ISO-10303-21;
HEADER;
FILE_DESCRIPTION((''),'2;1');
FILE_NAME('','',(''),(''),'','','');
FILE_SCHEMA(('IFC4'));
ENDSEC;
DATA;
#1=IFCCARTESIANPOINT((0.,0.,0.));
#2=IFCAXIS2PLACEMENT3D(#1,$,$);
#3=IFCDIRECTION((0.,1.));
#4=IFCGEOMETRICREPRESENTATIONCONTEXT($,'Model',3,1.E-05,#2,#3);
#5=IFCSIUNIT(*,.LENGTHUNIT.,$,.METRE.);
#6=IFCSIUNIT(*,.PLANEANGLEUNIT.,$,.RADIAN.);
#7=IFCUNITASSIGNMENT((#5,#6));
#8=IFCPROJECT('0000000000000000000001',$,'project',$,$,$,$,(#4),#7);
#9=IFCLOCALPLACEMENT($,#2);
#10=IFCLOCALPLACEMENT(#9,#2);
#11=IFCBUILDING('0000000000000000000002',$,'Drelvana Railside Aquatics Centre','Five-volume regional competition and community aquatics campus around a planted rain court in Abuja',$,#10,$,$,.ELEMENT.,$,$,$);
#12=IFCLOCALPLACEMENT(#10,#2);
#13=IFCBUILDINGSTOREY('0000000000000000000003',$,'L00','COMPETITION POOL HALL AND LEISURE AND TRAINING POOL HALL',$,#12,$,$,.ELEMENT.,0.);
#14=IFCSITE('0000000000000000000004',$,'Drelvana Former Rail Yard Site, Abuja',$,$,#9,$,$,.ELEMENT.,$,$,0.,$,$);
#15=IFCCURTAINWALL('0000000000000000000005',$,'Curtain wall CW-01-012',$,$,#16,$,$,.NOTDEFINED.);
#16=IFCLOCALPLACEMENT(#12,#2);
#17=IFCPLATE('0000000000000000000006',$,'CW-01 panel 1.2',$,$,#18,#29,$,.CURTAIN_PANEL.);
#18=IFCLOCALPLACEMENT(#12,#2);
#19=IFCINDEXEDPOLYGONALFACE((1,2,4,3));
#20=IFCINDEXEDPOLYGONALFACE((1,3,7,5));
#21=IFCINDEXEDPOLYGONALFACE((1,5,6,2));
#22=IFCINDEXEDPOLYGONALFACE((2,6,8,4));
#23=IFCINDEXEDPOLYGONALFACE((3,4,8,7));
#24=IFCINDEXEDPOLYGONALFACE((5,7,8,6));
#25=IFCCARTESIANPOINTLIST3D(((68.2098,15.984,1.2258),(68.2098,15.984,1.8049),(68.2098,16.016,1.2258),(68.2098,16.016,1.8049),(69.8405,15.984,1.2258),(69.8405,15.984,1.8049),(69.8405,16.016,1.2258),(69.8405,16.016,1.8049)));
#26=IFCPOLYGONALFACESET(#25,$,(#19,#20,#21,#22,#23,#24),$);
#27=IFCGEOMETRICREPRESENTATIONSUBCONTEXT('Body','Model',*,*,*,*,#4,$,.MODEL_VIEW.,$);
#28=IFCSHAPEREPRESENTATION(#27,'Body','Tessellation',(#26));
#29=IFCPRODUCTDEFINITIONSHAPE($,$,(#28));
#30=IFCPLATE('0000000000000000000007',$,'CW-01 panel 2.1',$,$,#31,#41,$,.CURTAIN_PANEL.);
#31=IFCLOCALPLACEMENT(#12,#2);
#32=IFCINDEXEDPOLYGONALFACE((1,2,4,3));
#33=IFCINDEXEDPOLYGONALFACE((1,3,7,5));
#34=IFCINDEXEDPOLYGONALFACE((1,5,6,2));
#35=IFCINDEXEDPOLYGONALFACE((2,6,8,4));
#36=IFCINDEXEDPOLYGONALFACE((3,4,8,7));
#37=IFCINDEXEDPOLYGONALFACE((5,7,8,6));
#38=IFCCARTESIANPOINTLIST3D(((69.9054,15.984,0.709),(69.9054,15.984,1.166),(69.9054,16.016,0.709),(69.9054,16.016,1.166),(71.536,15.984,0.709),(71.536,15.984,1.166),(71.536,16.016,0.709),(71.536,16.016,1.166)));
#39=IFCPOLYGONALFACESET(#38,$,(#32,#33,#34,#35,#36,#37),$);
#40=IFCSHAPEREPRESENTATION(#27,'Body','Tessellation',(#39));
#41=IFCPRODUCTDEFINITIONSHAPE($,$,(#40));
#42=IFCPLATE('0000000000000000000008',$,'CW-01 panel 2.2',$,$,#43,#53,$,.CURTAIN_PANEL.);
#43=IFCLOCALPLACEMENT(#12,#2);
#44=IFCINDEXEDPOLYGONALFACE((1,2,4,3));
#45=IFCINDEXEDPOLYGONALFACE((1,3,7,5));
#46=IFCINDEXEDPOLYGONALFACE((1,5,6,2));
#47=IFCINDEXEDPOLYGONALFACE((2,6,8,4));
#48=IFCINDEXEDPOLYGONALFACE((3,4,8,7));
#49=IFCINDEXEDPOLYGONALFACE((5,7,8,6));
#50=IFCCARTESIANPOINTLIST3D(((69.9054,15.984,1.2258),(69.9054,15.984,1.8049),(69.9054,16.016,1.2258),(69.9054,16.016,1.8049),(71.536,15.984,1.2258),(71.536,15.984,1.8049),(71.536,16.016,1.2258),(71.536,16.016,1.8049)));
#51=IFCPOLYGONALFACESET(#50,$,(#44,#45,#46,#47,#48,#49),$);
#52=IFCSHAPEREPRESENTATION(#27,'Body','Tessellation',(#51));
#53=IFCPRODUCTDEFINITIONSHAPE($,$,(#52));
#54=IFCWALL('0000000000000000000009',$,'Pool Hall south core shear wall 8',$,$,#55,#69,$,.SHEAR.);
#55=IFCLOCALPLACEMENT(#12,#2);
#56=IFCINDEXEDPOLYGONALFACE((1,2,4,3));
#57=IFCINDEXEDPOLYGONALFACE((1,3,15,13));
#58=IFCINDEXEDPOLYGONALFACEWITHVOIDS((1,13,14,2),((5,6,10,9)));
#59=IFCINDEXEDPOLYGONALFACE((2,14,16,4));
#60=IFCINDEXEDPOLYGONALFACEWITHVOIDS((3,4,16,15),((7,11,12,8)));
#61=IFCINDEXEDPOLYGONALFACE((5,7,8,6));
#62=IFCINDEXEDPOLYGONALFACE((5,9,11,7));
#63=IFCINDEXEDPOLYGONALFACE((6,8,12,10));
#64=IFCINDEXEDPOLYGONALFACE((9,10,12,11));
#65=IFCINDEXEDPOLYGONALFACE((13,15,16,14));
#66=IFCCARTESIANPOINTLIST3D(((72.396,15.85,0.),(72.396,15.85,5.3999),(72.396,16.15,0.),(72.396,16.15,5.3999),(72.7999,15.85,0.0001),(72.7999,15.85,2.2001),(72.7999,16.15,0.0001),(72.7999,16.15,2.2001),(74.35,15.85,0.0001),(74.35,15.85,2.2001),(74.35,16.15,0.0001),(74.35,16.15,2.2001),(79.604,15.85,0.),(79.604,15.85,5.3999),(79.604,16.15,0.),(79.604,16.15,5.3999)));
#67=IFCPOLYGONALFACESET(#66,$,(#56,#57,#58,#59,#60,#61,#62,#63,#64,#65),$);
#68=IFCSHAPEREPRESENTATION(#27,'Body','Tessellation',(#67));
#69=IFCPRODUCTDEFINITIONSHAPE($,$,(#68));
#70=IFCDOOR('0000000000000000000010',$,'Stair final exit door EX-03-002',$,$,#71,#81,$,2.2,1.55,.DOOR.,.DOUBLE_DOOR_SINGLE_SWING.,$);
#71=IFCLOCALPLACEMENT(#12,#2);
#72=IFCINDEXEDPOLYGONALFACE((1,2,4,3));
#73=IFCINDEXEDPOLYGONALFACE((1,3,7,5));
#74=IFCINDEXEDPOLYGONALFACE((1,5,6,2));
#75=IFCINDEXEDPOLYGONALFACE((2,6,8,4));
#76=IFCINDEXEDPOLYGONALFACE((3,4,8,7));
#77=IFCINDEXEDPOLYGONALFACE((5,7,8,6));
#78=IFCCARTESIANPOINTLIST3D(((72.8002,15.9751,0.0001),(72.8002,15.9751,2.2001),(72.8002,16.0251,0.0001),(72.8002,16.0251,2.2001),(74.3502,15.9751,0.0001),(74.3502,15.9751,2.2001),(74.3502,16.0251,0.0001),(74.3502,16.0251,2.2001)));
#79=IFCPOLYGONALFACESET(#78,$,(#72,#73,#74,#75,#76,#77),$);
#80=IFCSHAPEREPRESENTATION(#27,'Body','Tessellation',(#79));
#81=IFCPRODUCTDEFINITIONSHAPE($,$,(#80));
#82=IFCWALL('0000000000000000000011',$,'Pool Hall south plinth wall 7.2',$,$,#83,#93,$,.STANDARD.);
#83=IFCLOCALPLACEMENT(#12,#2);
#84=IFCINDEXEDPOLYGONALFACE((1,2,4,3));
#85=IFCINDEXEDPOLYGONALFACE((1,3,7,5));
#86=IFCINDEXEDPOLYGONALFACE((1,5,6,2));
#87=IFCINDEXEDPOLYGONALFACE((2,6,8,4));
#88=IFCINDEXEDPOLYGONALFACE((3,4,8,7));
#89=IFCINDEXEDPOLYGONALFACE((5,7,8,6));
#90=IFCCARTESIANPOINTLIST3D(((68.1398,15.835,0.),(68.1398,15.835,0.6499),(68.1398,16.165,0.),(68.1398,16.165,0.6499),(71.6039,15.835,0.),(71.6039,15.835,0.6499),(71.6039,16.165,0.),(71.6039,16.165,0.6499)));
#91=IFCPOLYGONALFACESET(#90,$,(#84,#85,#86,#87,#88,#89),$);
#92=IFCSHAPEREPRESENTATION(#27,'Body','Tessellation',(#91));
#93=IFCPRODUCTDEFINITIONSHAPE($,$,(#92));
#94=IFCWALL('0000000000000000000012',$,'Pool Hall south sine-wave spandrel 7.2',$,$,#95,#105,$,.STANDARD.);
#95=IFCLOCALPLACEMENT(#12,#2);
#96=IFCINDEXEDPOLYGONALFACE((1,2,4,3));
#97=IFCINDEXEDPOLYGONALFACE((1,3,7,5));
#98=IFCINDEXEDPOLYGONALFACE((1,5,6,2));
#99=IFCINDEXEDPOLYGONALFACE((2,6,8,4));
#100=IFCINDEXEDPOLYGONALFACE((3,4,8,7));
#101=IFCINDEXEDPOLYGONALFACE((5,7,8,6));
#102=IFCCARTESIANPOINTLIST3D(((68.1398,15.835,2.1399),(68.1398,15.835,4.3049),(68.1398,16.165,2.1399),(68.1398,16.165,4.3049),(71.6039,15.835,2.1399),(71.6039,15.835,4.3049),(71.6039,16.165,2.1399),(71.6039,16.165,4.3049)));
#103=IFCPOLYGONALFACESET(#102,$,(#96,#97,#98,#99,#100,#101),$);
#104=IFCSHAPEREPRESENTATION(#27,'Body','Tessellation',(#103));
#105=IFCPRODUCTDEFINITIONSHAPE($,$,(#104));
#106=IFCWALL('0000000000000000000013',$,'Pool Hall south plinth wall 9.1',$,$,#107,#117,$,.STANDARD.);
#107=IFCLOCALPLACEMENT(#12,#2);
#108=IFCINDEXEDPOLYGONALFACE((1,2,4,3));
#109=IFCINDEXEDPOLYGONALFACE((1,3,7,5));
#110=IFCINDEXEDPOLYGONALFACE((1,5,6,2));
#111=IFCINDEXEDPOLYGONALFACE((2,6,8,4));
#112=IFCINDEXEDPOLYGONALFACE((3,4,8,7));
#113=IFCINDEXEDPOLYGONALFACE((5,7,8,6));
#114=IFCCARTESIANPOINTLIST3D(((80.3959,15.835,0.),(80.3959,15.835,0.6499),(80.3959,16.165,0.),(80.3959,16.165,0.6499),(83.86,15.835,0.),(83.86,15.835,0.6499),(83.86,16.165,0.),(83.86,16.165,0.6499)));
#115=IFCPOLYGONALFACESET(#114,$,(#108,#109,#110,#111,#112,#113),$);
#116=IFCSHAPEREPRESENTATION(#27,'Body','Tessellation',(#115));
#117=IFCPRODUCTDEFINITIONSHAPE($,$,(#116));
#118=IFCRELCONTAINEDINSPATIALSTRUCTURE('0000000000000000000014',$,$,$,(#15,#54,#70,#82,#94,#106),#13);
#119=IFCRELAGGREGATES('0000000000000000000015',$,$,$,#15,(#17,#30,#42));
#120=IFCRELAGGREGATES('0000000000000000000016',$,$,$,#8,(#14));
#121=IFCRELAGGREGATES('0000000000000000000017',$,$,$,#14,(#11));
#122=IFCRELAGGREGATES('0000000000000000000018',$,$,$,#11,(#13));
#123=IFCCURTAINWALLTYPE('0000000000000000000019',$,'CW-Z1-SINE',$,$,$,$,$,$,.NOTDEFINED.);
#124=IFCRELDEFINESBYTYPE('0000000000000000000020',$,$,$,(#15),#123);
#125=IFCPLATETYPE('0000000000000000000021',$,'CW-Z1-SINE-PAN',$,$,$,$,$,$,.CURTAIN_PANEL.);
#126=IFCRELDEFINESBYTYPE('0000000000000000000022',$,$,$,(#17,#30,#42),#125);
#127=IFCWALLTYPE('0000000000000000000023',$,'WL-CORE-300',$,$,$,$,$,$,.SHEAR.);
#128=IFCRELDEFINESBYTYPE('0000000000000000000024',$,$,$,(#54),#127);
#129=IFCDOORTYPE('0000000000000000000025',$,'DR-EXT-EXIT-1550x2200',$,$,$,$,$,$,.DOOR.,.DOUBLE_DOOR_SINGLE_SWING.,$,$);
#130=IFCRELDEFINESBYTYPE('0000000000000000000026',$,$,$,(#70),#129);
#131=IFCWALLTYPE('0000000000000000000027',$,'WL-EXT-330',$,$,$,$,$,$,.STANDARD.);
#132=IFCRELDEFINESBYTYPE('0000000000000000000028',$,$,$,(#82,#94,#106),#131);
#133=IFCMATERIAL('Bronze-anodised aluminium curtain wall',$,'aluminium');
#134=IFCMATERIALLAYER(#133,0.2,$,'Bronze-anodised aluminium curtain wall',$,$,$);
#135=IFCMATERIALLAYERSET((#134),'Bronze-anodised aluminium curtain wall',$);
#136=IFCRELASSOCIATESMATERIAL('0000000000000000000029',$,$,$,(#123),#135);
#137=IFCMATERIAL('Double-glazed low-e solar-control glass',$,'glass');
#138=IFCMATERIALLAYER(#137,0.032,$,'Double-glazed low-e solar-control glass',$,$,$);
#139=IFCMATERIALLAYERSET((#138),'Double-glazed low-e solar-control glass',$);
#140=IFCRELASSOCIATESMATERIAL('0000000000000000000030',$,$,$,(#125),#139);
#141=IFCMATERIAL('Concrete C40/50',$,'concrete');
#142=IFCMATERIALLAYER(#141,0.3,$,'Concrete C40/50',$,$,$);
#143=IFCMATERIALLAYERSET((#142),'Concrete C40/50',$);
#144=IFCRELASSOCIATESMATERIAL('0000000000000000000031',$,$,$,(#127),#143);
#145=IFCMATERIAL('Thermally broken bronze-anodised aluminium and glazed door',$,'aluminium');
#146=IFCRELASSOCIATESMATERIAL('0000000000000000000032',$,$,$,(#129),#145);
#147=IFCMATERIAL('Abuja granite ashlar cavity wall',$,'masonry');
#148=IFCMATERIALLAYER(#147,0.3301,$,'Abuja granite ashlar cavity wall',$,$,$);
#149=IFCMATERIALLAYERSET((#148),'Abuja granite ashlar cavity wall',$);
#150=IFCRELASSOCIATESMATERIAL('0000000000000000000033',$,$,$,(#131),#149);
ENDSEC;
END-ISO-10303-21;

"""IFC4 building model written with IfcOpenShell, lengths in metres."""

from ifc_helpers import new_model, si_unit, direction, frame, frame_2d, origin, origin_2d, place, context, subcontext, project, spatial, rectangle, extrude, material, layer, layer_set, type_object, element, fill, aggregate, save


model = new_model("IFC4")

# Units and contexts
model_context = context("Model", 3, precision=1e-05, world=origin(), true_north=direction((0.0, 1.0)))
body_context = subcontext(model_context, "Body", "Model", "MODEL_VIEW")
ifc_project = project(units=[si_unit("LENGTHUNIT", "METRE"), si_unit("PLANEANGLEUNIT", "RADIAN")], contexts=[model_context])

# Site, building, storey
site_placement = place(None, origin())
site = spatial("IfcSite", under=ifc_project, at=site_placement, Name="Drelvana Former Rail Yard Site, Abuja", CompositionType="ELEMENT", RefElevation=0.0)
building_placement = place(site_placement, origin())
building = spatial("IfcBuilding", under=site, at=building_placement, Name="Drelvana Railside Aquatics Centre", Description="Five-volume regional competition and community aquatics campus around a planted rain court in Abuja", CompositionType="ELEMENT")
storey_placement = place(building_placement, origin())
storey = spatial("IfcBuildingStorey", under=building, at=storey_placement, Name="L00", Description="COMPETITION POOL HALL AND LEISURE AND TRAINING POOL HALL", CompositionType="ELEMENT", Elevation=0.0)

# Shared definitions
ifc_material_1 = material(Name="Concrete C40/50", Category="concrete")

# Shared definitions
ifc_material_2 = material(Name="Bronze-anodised aluminium curtain wall", Category="aluminium")
ifc_layer_1 = layer(ifc_material_2, 0.2, Name="Bronze-anodised aluminium curtain wall")
ifc_layer_set_1 = layer_set([ifc_layer_1], Name="Bronze-anodised aluminium curtain wall")
curtain_wall_type = type_object("IfcCurtainWallType", Name="CW-Z1-SINE", PredefinedType="NOTDEFINED", material=ifc_layer_set_1)

# Curtain wall
curtain_wall_1_placement = place(storey_placement, origin())
curtain_wall_1 = element("IfcCurtainWall", 1, at=curtain_wall_1_placement, inside=storey, type_object=curtain_wall_type, Name="Curtain wall CW-01-012", PredefinedType="NOTDEFINED")

# Plates
ifc_material_3 = material(Name="Double-glazed low-e solar-control glass", Category="glass")
ifc_layer_2 = layer(ifc_material_3, 0.032, Name="Double-glazed low-e solar-control glass")
ifc_layer_set_2 = layer_set([ifc_layer_2], Name="Double-glazed low-e solar-control glass")
plate_type = type_object("IfcPlateType", Name="CW-Z1-SINE-PAN", PredefinedType="CURTAIN_PANEL", material=ifc_layer_set_2)
plate_1_placement = place(storey_placement, frame((69.0251, 16.0, 1.2258), z_axis=(0.0, 0.0, 1.0), x_axis=(1.0, 0.0, 0.0)))
plate_1 = element("IfcPlate", 2, at=plate_1_placement, type_object=plate_type, Name="CW-01 panel 1.2", PredefinedType="CURTAIN_PANEL", context=body_context, shape_type="SweptSolid", body=[
    extrude(rectangle(XDim=1.6306, YDim=0.032, at=origin_2d()), origin(), (0.0, 0.0, 1.0), 0.5791),
])
plate_2_placement = place(storey_placement, frame((70.7207, 16.0, 0.709), z_axis=(0.0, 0.0, 1.0), x_axis=(1.0, 0.0, 0.0)))
plate_2 = element("IfcPlate", 3, at=plate_2_placement, type_object=plate_type, Name="CW-01 panel 2.1", PredefinedType="CURTAIN_PANEL", context=body_context, shape_type="SweptSolid", body=[
    extrude(rectangle(XDim=1.6306, YDim=0.032, at=origin_2d()), origin(), (0.0, 0.0, 1.0), 0.457),
])
plate_3_placement = place(storey_placement, frame((70.7207, 16.0, 1.2258), z_axis=(0.0, 0.0, 1.0), x_axis=(1.0, 0.0, 0.0)))
plate_3 = element("IfcPlate", 4, at=plate_3_placement, type_object=plate_type, Name="CW-01 panel 2.2", PredefinedType="CURTAIN_PANEL", context=body_context, shape_type="SweptSolid", body=[
    extrude(rectangle(XDim=1.6306, YDim=0.032, at=origin_2d()), origin(), (0.0, 0.0, 1.0), 0.5791),
])
aggregate(curtain_wall_1, [plate_1, plate_2, plate_3])

# Wall, opening, door
ifc_layer_3 = layer(ifc_material_1, 0.3, Name="Concrete C40/50")
ifc_layer_set_3 = layer_set([ifc_layer_3], Name="Concrete C40/50")
wall_type_1 = type_object("IfcWallType", Name="WL-CORE-300", PredefinedType="SHEAR", material=ifc_layer_set_3)
wall_1_placement = place(storey_placement, frame((72.396, 16.0, 0.0), z_axis=(0.0, 0.0, 1.0), x_axis=(1.0, 0.0, 0.0)))
wall_1 = element("IfcWall", 5, at=wall_1_placement, inside=storey, type_object=wall_type_1, Name="Pool Hall south core shear wall 8", PredefinedType="SHEAR", context=body_context, shape_type="SweptSolid", body=[
    extrude(rectangle(XDim=7.208, YDim=0.3, at=frame_2d((3.604, 0.0))), origin(), (0.0, 0.0, 1.0), 5.3999),
])
opening_placement = place(wall_1_placement, frame((0.4041, 0.0, 0.0)))
opening = element("IfcOpeningElement", 6, at=opening_placement, cuts=wall_1, PredefinedType="OPENING", context=body_context, shape_type="SweptSolid", body=[
    extrude(rectangle(XDim=1.55, YDim=2.2, at=frame_2d((0.7749, 1.1001))), frame((0.0, 0.1599, 0.0), z_axis=(0.0, -1.0, 0.0), x_axis=(1.0, 0.0, 0.0)), (0.0, 0.0, 1.0), 0.3201),
])
ifc_material_4 = material(Name="Thermally broken bronze-anodised aluminium and glazed door", Category="aluminium")
door_type = type_object("IfcDoorType", Name="DR-EXT-EXIT-1550x2200", OperationType="DOUBLE_DOOR_SINGLE_SWING", PredefinedType="DOOR", material=ifc_material_4)
door_placement = place(opening_placement, frame((1.55, 0.0, 0.0), z_axis=(0.0, 0.0, 1.0), x_axis=(-1.0, 0.0, 0.0)))
door = element("IfcDoor", 7, at=door_placement, inside=storey, type_object=door_type, Name="Stair final exit door EX-03-002", OperationType="DOUBLE_DOOR_SINGLE_SWING", OverallHeight=2.2, OverallWidth=1.55, PredefinedType="DOOR", context=body_context, shape_type="SweptSolid", body=[
    extrude(rectangle(XDim=1.55, YDim=2.2, at=frame_2d((0.7749, 1.1001))), frame((0.0, 0.0249, 0.0), z_axis=(0.0, -1.0, 0.0), x_axis=(1.0, 0.0, 0.0)), (0.0, 0.0, 1.0), 0.05),
])
fill(opening, door)

# Walls
ifc_material_5 = material(Name="Abuja granite ashlar cavity wall", Category="masonry")
ifc_layer_4 = layer(ifc_material_5, 0.3301, Name="Abuja granite ashlar cavity wall")
ifc_layer_set_4 = layer_set([ifc_layer_4], Name="Abuja granite ashlar cavity wall")
wall_type_2 = type_object("IfcWallType", Name="WL-EXT-330", PredefinedType="STANDARD", material=ifc_layer_set_4)
wall_2_placement = place(storey_placement, frame((68.1399, 16.0, 0.0), z_axis=(0.0, 0.0, 1.0), x_axis=(1.0, 0.0, 0.0)))
element("IfcWall", 8, at=wall_2_placement, inside=storey, type_object=wall_type_2, Name="Pool Hall south plinth wall 7.2", PredefinedType="STANDARD", context=body_context, shape_type="SweptSolid", body=[
    extrude(rectangle(XDim=3.4641, YDim=0.3301, at=frame_2d((1.7319, 0.0))), origin(), (0.0, 0.0, 1.0), 0.6499),
])
wall_3_placement = place(storey_placement, frame((68.1399, 16.0, 2.1399), z_axis=(0.0, 0.0, 1.0), x_axis=(1.0, 0.0, 0.0)))
element("IfcWall", 9, at=wall_3_placement, inside=storey, type_object=wall_type_2, Name="Pool Hall south sine-wave spandrel 7.2", PredefinedType="STANDARD", context=body_context, shape_type="SweptSolid", body=[
    extrude(rectangle(XDim=3.4641, YDim=0.3301, at=frame_2d((1.7319, 0.0))), origin(), (0.0, 0.0, 1.0), 2.165),
])
wall_4_placement = place(storey_placement, frame((80.396, 16.0, 0.0), z_axis=(0.0, 0.0, 1.0), x_axis=(1.0, 0.0, 0.0)))
element("IfcWall", 10, at=wall_4_placement, inside=storey, type_object=wall_type_2, Name="Pool Hall south plinth wall 9.1", PredefinedType="STANDARD", context=body_context, shape_type="SweptSolid", body=[
    extrude(rectangle(XDim=3.4641, YDim=0.3301, at=frame_2d((1.7319, 0.0))), origin(), (0.0, 0.0, 1.0), 0.6499),
])

save(model, "model.ifc")
